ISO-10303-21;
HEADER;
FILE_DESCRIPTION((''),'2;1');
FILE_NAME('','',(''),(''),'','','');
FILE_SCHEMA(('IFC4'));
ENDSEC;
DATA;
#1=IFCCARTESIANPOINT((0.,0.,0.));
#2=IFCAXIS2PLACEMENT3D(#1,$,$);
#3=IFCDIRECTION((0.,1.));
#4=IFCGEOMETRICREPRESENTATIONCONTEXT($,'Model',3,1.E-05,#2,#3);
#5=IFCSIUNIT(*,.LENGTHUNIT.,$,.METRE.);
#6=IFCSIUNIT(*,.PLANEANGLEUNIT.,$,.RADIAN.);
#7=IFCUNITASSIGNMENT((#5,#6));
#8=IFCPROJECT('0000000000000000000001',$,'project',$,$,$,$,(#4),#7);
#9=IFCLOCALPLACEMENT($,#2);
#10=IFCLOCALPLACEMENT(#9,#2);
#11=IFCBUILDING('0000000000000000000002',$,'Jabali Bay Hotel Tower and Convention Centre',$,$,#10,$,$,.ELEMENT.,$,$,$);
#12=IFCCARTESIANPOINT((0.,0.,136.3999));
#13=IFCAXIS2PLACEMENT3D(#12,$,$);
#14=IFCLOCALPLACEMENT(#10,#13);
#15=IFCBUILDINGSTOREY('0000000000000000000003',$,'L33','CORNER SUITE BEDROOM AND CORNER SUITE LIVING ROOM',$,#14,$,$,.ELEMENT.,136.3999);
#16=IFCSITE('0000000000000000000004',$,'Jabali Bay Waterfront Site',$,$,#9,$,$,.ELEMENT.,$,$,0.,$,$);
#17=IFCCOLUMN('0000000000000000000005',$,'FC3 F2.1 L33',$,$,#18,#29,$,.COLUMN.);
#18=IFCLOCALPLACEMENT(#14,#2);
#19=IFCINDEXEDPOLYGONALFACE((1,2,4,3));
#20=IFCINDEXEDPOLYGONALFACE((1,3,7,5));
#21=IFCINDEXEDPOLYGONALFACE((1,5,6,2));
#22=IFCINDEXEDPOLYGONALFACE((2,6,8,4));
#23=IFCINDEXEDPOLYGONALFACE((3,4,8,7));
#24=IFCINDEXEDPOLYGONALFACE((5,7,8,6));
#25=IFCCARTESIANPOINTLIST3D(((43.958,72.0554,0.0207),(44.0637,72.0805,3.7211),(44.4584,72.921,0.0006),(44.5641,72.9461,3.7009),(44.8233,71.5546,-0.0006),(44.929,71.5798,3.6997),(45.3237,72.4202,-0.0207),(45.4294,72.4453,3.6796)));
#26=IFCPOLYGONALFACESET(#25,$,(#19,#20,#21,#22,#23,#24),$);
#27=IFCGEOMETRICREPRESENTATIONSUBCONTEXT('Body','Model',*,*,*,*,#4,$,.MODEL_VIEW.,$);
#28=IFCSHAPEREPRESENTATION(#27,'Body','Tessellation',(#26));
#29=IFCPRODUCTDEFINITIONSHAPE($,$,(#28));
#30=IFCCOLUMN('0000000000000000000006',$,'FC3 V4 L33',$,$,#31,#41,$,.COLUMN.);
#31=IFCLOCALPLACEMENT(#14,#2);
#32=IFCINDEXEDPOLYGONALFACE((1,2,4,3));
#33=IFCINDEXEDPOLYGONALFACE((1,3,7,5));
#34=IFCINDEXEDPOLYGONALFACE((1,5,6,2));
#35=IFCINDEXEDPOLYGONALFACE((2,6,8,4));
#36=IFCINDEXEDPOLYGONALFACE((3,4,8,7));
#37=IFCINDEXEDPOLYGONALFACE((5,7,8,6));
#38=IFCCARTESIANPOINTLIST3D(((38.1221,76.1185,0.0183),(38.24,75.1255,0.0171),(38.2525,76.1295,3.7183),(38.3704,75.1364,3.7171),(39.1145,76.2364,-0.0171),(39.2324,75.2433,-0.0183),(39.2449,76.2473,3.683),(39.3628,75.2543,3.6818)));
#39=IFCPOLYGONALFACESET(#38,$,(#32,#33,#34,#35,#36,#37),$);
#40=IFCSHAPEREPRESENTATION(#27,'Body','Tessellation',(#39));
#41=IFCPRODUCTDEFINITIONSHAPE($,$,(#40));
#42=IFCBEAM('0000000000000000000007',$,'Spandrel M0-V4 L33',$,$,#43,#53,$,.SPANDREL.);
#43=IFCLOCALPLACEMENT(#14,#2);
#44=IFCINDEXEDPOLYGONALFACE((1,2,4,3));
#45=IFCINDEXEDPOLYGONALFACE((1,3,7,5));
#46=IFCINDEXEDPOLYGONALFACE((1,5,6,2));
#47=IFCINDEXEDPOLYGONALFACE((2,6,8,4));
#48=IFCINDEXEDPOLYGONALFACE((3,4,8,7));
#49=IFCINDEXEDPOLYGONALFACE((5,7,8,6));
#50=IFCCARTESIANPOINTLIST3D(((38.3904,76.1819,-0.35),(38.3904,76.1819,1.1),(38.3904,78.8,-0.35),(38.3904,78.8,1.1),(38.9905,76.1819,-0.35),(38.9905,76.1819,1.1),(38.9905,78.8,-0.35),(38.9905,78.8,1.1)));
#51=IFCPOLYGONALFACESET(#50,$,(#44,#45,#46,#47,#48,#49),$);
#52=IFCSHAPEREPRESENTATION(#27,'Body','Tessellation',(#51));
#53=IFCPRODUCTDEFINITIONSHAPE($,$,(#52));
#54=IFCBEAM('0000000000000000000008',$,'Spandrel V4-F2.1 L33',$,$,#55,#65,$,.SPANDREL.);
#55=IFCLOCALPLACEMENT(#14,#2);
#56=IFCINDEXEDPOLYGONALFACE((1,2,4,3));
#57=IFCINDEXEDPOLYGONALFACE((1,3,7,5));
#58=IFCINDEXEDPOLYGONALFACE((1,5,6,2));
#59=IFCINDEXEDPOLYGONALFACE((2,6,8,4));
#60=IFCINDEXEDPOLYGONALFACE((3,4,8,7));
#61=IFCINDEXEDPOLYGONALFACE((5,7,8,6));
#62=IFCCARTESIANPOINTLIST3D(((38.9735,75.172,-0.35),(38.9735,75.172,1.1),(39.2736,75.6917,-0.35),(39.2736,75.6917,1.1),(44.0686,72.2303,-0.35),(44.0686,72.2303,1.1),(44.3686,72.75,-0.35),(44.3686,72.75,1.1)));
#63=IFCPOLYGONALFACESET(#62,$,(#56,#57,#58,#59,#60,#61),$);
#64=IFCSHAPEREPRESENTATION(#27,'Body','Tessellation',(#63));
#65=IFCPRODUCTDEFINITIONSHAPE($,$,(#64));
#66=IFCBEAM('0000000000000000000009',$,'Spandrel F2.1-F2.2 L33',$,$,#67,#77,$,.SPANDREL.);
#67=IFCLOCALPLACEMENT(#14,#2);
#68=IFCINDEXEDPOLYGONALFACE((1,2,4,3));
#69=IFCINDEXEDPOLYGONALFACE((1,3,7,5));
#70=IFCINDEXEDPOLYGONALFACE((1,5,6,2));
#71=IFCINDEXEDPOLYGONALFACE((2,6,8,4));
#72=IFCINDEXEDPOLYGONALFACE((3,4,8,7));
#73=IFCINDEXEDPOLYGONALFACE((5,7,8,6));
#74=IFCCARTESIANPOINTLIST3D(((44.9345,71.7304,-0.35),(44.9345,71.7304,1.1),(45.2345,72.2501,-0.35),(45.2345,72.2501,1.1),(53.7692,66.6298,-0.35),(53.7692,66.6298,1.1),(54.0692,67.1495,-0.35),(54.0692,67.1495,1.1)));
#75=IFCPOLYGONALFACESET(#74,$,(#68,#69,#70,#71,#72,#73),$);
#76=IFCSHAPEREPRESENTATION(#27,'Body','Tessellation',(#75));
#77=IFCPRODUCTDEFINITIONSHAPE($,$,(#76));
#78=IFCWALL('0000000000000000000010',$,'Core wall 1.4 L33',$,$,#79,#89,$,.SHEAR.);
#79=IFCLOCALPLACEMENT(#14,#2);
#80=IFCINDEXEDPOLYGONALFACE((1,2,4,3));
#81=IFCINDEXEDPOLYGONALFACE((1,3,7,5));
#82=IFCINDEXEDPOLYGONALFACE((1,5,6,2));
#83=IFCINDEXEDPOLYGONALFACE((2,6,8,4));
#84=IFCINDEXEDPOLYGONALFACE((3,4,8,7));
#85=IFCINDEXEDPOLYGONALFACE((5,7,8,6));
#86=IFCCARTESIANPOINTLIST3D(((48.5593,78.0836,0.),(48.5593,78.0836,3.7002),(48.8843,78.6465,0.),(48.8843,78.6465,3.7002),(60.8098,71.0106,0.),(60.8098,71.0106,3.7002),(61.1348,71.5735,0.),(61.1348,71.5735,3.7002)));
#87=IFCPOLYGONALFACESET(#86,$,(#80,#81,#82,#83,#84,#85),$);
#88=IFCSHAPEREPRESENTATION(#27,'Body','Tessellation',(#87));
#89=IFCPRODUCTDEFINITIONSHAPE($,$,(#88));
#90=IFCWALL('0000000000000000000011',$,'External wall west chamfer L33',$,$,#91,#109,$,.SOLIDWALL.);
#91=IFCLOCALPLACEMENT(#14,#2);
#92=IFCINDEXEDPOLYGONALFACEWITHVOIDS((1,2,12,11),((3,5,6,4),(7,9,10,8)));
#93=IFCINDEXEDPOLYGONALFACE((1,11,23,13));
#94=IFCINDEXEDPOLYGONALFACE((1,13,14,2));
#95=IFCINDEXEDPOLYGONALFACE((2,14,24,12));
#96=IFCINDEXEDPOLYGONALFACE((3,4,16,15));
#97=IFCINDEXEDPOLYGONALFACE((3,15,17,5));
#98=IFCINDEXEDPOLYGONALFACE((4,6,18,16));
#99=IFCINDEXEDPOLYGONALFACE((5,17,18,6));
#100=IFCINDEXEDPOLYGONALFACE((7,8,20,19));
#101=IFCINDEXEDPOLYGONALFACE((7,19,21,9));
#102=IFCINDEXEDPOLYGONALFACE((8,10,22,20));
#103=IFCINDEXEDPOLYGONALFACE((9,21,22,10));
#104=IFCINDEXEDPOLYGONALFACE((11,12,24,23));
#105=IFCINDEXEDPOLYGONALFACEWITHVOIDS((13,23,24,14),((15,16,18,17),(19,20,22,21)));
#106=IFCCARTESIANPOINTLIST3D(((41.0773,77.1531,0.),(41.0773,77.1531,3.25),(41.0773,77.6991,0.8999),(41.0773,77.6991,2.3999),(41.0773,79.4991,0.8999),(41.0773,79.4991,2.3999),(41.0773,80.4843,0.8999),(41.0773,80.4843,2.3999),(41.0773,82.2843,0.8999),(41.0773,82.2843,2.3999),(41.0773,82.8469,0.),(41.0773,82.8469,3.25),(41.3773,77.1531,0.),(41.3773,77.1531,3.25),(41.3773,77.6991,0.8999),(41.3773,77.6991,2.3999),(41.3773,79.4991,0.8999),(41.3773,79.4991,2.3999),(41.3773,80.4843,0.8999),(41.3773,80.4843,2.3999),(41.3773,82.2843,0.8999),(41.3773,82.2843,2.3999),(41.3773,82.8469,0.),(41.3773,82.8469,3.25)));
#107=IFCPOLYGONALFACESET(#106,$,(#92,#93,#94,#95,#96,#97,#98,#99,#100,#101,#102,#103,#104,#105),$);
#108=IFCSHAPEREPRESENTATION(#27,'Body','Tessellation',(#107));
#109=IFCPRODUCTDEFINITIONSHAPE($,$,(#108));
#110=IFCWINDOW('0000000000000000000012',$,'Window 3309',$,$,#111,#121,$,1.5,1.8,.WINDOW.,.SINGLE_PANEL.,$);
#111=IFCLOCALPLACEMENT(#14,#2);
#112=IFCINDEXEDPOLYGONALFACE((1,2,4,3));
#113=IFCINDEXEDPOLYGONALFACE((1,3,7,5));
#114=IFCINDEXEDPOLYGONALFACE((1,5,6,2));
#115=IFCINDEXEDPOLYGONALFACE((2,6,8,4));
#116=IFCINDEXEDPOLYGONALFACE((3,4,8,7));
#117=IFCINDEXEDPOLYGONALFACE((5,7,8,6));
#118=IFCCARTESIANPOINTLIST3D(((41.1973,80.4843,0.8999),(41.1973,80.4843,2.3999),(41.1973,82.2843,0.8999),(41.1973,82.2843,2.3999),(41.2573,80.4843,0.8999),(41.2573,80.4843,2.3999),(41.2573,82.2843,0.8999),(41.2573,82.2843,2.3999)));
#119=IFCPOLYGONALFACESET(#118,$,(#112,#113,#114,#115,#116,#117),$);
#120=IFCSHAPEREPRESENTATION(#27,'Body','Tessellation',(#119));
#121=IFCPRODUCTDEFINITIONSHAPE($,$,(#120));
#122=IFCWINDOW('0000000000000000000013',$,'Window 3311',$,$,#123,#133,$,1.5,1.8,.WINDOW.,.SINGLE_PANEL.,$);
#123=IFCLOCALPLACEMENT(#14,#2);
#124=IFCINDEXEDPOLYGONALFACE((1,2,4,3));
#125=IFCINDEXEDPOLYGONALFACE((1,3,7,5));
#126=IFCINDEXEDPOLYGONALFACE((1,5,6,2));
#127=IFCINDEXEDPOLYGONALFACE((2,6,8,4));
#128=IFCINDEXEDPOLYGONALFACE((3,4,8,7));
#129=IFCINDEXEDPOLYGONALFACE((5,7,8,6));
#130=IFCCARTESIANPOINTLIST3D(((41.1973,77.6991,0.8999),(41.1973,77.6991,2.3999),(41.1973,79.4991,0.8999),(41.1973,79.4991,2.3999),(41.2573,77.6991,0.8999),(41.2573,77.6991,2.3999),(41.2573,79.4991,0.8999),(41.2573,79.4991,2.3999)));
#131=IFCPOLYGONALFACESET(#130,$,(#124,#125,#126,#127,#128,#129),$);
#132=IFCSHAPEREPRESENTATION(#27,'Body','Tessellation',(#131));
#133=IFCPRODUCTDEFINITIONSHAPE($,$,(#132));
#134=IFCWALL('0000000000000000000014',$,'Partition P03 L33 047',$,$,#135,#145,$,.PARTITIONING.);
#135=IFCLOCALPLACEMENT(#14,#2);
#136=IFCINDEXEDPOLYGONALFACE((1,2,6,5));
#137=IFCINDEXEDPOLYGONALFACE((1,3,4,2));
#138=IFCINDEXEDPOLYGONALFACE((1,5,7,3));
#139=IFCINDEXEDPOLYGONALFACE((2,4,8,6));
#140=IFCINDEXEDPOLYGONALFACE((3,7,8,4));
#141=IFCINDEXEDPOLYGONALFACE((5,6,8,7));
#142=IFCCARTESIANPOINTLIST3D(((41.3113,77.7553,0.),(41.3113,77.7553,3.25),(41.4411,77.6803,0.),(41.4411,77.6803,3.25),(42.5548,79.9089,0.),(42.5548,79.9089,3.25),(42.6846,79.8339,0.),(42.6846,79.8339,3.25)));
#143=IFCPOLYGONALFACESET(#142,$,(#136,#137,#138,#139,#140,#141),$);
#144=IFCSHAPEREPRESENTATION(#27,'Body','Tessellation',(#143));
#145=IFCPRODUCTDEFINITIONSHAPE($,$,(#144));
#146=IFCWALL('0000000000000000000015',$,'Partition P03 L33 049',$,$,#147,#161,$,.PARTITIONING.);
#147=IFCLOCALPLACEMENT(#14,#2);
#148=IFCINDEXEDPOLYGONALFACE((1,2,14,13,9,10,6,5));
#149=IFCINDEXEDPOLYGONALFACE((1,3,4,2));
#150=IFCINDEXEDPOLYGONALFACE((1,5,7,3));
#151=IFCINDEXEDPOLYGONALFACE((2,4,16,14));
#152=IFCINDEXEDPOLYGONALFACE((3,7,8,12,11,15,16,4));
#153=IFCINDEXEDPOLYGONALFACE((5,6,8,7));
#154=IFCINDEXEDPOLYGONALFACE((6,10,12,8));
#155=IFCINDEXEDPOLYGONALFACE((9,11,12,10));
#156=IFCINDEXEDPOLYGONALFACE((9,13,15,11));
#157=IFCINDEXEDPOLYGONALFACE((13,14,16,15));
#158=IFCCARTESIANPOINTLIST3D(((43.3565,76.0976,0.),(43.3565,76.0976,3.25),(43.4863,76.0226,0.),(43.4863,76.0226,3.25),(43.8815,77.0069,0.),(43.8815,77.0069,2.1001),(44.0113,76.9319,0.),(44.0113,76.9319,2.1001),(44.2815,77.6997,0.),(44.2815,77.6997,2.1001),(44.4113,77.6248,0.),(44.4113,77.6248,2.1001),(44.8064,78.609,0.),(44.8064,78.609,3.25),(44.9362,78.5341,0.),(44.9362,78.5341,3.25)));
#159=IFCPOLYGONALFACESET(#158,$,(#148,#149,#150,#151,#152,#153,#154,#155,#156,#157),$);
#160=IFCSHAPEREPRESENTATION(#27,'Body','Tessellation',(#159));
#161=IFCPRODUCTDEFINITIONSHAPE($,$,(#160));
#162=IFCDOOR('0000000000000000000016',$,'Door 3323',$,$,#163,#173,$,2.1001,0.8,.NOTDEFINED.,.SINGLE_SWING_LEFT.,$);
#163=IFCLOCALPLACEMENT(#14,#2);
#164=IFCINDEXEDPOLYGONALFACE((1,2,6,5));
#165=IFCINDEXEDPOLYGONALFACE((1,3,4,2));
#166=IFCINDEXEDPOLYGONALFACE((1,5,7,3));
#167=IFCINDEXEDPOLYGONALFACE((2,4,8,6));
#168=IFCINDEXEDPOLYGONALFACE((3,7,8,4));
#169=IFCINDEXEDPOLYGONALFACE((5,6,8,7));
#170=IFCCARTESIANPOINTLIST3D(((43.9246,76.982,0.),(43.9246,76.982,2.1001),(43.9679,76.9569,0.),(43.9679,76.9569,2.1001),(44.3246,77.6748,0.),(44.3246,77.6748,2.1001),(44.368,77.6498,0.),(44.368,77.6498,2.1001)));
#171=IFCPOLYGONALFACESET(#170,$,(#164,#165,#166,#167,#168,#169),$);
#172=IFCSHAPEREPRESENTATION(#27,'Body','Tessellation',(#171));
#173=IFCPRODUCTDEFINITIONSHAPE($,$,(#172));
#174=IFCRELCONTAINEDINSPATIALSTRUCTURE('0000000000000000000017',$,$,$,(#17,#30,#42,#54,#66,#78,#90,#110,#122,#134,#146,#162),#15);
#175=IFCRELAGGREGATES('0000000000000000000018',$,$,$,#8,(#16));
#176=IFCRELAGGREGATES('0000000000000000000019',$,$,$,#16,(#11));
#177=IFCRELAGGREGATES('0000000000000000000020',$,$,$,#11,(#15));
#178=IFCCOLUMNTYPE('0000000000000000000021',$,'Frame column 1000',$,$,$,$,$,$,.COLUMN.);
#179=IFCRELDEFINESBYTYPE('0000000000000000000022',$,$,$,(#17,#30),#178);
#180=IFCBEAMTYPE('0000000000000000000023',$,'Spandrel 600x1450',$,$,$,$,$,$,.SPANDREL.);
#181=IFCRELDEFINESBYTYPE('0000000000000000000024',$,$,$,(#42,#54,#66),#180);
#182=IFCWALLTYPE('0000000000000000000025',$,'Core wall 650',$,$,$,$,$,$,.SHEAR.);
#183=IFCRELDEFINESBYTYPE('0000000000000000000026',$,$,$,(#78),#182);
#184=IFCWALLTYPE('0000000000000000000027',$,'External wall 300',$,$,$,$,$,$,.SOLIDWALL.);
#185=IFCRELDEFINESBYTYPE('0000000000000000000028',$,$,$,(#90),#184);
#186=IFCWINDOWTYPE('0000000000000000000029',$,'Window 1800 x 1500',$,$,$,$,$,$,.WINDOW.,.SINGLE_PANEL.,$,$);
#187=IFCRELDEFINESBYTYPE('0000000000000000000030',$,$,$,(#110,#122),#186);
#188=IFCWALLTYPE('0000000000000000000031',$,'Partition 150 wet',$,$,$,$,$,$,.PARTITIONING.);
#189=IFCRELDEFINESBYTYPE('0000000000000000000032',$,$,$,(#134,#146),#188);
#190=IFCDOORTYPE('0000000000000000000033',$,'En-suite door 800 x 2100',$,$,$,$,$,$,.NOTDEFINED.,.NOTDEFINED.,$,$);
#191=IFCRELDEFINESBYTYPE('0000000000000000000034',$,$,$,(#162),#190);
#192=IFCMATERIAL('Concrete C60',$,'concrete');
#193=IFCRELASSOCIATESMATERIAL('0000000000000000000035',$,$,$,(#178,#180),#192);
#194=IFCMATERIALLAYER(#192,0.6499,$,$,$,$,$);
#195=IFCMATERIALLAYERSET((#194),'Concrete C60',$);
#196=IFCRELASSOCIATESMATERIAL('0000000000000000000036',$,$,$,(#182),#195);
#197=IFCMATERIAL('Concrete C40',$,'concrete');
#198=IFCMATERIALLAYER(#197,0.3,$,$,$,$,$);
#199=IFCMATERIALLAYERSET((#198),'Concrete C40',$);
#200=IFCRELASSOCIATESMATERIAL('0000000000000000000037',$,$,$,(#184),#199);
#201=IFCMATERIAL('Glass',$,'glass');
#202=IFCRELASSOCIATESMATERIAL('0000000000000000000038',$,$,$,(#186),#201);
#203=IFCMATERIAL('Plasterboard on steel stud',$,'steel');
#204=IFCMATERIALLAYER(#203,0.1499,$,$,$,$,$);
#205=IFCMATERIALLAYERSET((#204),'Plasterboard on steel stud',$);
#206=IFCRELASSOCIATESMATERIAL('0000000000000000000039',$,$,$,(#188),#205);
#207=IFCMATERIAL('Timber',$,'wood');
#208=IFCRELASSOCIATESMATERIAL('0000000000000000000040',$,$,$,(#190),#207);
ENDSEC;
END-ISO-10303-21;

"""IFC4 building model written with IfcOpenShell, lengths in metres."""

from ifc_helpers import new_model, si_unit, direction, frame, frame_2d, origin, origin_2d, place, context, subcontext, project, spatial, rectangle, extrude, material, layer, layer_set, material_profile, profile_set, type_object, element, fill, save


model = new_model("IFC4")

# Units and contexts
model_context = context("Model", 3, precision=1e-05, world=origin(), true_north=direction((0.0, 1.0)))
body_context = subcontext(model_context, "Body", "Model", "MODEL_VIEW")
ifc_project = project(units=[si_unit("LENGTHUNIT", "METRE"), si_unit("PLANEANGLEUNIT", "RADIAN")], contexts=[model_context])

# Site, building, storey
site_placement = place(None, origin())
site = spatial("IfcSite", under=ifc_project, at=site_placement, Name="Jabali Bay Waterfront Site", CompositionType="ELEMENT", RefElevation=0.0)
building_placement = place(site_placement, origin())
building = spatial("IfcBuilding", under=site, at=building_placement, Name="Jabali Bay Hotel Tower and Convention Centre", CompositionType="ELEMENT")
storey_placement = place(building_placement, frame((0.0, 0.0, 136.3999)))
storey = spatial("IfcBuildingStorey", under=building, at=storey_placement, Name="L33", Description="CORNER SUITE BEDROOM AND CORNER SUITE LIVING ROOM", CompositionType="ELEMENT", Elevation=136.3999)

# Columns
ifc_material_1 = material(Name="Concrete C60", Category="concrete")
ifc_material_profile_1 = material_profile(ifc_material_1, rectangle(XDim=1.0, YDim=1.0, at=origin_2d()), Name="Frame column 1000")
ifc_profile_set_1 = profile_set([ifc_material_profile_1], Name="Concrete C60")
column_type = type_object("IfcColumnType", Name="Frame column 1000", PredefinedType="COLUMN", material=ifc_profile_set_1)
column_1_placement = place(storey_placement, frame((44.6409, 72.2378, 0.0), z_axis=(0.028557, 0.006793, 0.999569), x_axis=(-0.865321, 0.500765, 0.021319)))
element("IfcColumn", 1, at=column_1_placement, inside=storey, type_object=column_type, Name="FC3 F2.1 L33", PredefinedType="COLUMN", context=body_context, shape_type="SweptSolid", body=[
    extrude(rectangle(XDim=1.0, YDim=1.0, at=origin_2d()), origin(), (0.0, 0.0, 1.0), 3.7019),
])
column_2_placement = place(storey_placement, frame((38.6772, 75.6809, 0.0), z_axis=(0.035212, 0.002967, 0.999375), x_axis=(-0.117897, 0.993025, 0.001206)))
element("IfcColumn", 2, at=column_2_placement, inside=storey, type_object=column_type, Name="FC3 V4 L33", PredefinedType="COLUMN", context=body_context, shape_type="SweptSolid", body=[
    extrude(rectangle(XDim=1.0, YDim=1.0, at=origin_2d()), origin(), (0.0, 0.0, 1.0), 3.7024),
])

# Beams
ifc_material_profile_2 = material_profile(ifc_material_1, rectangle(XDim=0.6001, YDim=1.45, at=origin_2d()), Name="Spandrel 600x1450")
ifc_profile_set_2 = profile_set([ifc_material_profile_2], Name="Concrete C60")
beam_type = type_object("IfcBeamType", Name="Spandrel 600x1450", PredefinedType="SPANDREL", material=ifc_profile_set_2)
beam_1_placement = place(storey_placement, frame((38.6904, 78.8, 0.375), z_axis=(0.0, -1.0, 0.0), x_axis=(1.0, 0.0, 0.0)))
element("IfcBeam", 3, at=beam_1_placement, inside=storey, type_object=beam_type, Name="Spandrel M0-V4 L33", PredefinedType="SPANDREL", context=body_context, shape_type="SweptSolid", body=[
    extrude(rectangle(XDim=0.6001, YDim=1.45, at=origin_2d()), origin(), (0.0, 0.0, 1.0), 2.6182),
])
beam_2_placement = place(storey_placement, frame((39.1235, 75.4319, 0.375), z_axis=(0.86602, -0.500009, 0.0), x_axis=(0.500009, 0.86602, 0.0)))
element("IfcBeam", 4, at=beam_2_placement, inside=storey, type_object=beam_type, Name="Spandrel V4-F2.1 L33", PredefinedType="SPANDREL", context=body_context, shape_type="SweptSolid", body=[
    extrude(rectangle(XDim=0.6001, YDim=1.45, at=origin_2d()), origin(), (0.0, 0.0, 1.0), 5.8833),
])
beam_3_placement = place(storey_placement, frame((45.0845, 71.9902, 0.375), z_axis=(0.866031, -0.49999, 0.0), x_axis=(0.49999, 0.866031, 0.0)))
element("IfcBeam", 5, at=beam_3_placement, inside=storey, type_object=beam_type, Name="Spandrel F2.1-F2.2 L33", PredefinedType="SPANDREL", context=body_context, shape_type="SweptSolid", body=[
    extrude(rectangle(XDim=0.6001, YDim=1.45, at=origin_2d()), origin(), (0.0, 0.0, 1.0), 10.2014),
])

# Wall
ifc_layer_1 = layer(ifc_material_1, 0.6499)
ifc_layer_set_1 = layer_set([ifc_layer_1], Name="Concrete C60")
wall_type_1 = type_object("IfcWallType", Name="Core wall 650", PredefinedType="SHEAR", material=ifc_layer_set_1)
wall_1_placement = place(storey_placement, frame((48.7219, 78.365, 0.0), z_axis=(0.0, 0.0, 1.0), x_axis=(0.86602, -0.500009, 0.0)))
element("IfcWall", 6, at=wall_1_placement, inside=storey, type_object=wall_type_1, Name="Core wall 1.4 L33", PredefinedType="SHEAR", context=body_context, shape_type="SweptSolid", body=[
    extrude(rectangle(XDim=14.1458, YDim=0.6499, at=frame_2d((7.0728, 0.0))), origin(), (0.0, 0.0, 1.0), 3.7002),
])

# Wall, openings, windows
ifc_material_2 = material(Name="Concrete C40", Category="concrete")
ifc_layer_2 = layer(ifc_material_2, 0.3)
ifc_layer_set_2 = layer_set([ifc_layer_2], Name="Concrete C40")
wall_type_2 = type_object("IfcWallType", Name="External wall 300", PredefinedType="SOLIDWALL", material=ifc_layer_set_2)
wall_2_placement = place(storey_placement, frame((41.2273, 77.1531, 0.0), z_axis=(0.0, 0.0, 1.0), x_axis=(0.0, 1.0, 0.0)))
wall_2 = element("IfcWall", 7, at=wall_2_placement, inside=storey, type_object=wall_type_2, Name="External wall west chamfer L33", PredefinedType="SOLIDWALL", context=body_context, shape_type="SweptSolid", body=[
    extrude(rectangle(XDim=5.6938, YDim=0.3, at=frame_2d((2.8469, 0.0))), origin(), (0.0, 0.0, 1.0), 3.25),
])
opening_1_placement = place(wall_2_placement, frame((3.3313, 0.0, 0.8999)))
opening_1 = element("IfcOpeningElement", 8, at=opening_1_placement, cuts=wall_2, PredefinedType="OPENING", context=body_context, shape_type="SweptSolid", body=[
    extrude(rectangle(XDim=1.8, YDim=1.5, at=frame_2d((0.8999, 0.75))), frame((0.0, 0.1606, 0.0), z_axis=(0.0, -1.0, 0.0), x_axis=(1.0, 0.0, 0.0)), (0.0, 0.0, 1.0), 0.321),
])
opening_2_placement = place(wall_2_placement, frame((0.5461, 0.0, 0.8999)))
opening_2 = element("IfcOpeningElement", 9, at=opening_2_placement, cuts=wall_2, PredefinedType="OPENING", context=body_context, shape_type="SweptSolid", body=[
    extrude(rectangle(XDim=1.8, YDim=1.5, at=frame_2d((0.8999, 0.75))), frame((0.0, 0.1606, 0.0), z_axis=(0.0, -1.0, 0.0), x_axis=(1.0, 0.0, 0.0)), (0.0, 0.0, 1.0), 0.321),
])
ifc_material_3 = material(Name="Glass", Category="glass")
window_type = type_object("IfcWindowType", Name="Window 1800 x 1500", PartitioningType="SINGLE_PANEL", PredefinedType="WINDOW", material=ifc_material_3)
window_1_placement = place(opening_1_placement, origin())
window_1 = element("IfcWindow", 10, at=window_1_placement, inside=storey, type_object=window_type, Name="Window 3309", OverallHeight=1.5, OverallWidth=1.8, PartitioningType="SINGLE_PANEL", PredefinedType="WINDOW", context=body_context, shape_type="SweptSolid", body=[
    extrude(rectangle(XDim=1.8, YDim=1.5, at=frame_2d((0.8999, 0.75))), frame((0.0, 0.03, 0.0), z_axis=(0.0, -1.0, 0.0), x_axis=(1.0, 0.0, 0.0)), (0.0, 0.0, 1.0), 0.0601),
])
fill(opening_1, window_1)
window_2_placement = place(opening_2_placement, origin())
window_2 = element("IfcWindow", 11, at=window_2_placement, inside=storey, type_object=window_type, Name="Window 3311", OverallHeight=1.5, OverallWidth=1.8, PartitioningType="SINGLE_PANEL", PredefinedType="WINDOW", context=body_context, shape_type="SweptSolid", body=[
    extrude(rectangle(XDim=1.8, YDim=1.5, at=frame_2d((0.8999, 0.75))), frame((0.0, 0.03, 0.0), z_axis=(0.0, -1.0, 0.0), x_axis=(1.0, 0.0, 0.0)), (0.0, 0.0, 1.0), 0.0601),
])
fill(opening_2, window_2)

# Wall
ifc_material_4 = material(Name="Plasterboard on steel stud", Category="steel")
ifc_layer_3 = layer(ifc_material_4, 0.1499)
ifc_layer_set_3 = layer_set([ifc_layer_3], Name="Plasterboard on steel stud")
wall_type_3 = type_object("IfcWallType", Name="Partition 150 wet", PredefinedType="PARTITIONING", material=ifc_layer_set_3)
wall_3_placement = place(storey_placement, frame((41.3762, 77.7178, 0.0), z_axis=(0.0, 0.0, 1.0), x_axis=(0.500014, 0.866017, 0.0)))
element("IfcWall", 12, at=wall_3_placement, inside=storey, type_object=wall_type_3, Name="Partition P03 L33 047", PredefinedType="PARTITIONING", context=body_context, shape_type="SweptSolid", body=[
    extrude(rectangle(XDim=2.4868, YDim=0.1499, at=frame_2d((1.2434, 0.0))), origin(), (0.0, 0.0, 1.0), 3.25),
])

# Wall, opening, door
wall_4_placement = place(storey_placement, frame((44.8713, 78.5715, 0.0), z_axis=(0.0, 0.0, 1.0), x_axis=(-0.499987, -0.866033, 0.0)))
wall_4 = element("IfcWall", 13, at=wall_4_placement, inside=storey, type_object=wall_type_3, Name="Partition P03 L33 049", PredefinedType="PARTITIONING", context=body_context, shape_type="SweptSolid", body=[
    extrude(rectangle(XDim=2.8999, YDim=0.1499, at=frame_2d((1.45, 0.0))), origin(), (0.0, 0.0, 1.0), 3.25),
])
opening_3_placement = place(wall_4_placement, frame((1.05, 0.0, 0.0)))
opening_3 = element("IfcOpeningElement", 14, at=opening_3_placement, cuts=wall_4, PredefinedType="OPENING", context=body_context, shape_type="SweptSolid", body=[
    extrude(rectangle(XDim=0.8, YDim=2.1001, at=frame_2d((0.3999, 1.05))), frame((0.0, 0.0854, 0.0), z_axis=(0.0, -1.0, 0.0), x_axis=(1.0, 0.0, 0.0)), (0.0, 0.0, 1.0), 0.1709),
])
ifc_material_5 = material(Name="Timber", Category="wood")
door_type = type_object("IfcDoorType", Name="En-suite door 800 x 2100", OperationType="NOTDEFINED", PredefinedType="NOTDEFINED", material=ifc_material_5)
door_placement = place(opening_3_placement, origin())
door = element("IfcDoor", 15, at=door_placement, inside=storey, type_object=door_type, Name="Door 3323", OperationType="SINGLE_SWING_LEFT", OverallHeight=2.1001, OverallWidth=0.8, PredefinedType="NOTDEFINED", context=body_context, shape_type="SweptSolid", body=[
    extrude(rectangle(XDim=0.8, YDim=2.1001, at=frame_2d((0.3999, 1.05))), frame((0.0, 0.0249, 0.0), z_axis=(0.0, -1.0, 0.0), x_axis=(1.0, 0.0, 0.0)), (0.0, 0.0, 1.0), 0.05),
])
fill(opening_3, door)

save(model, "model.ifc")
